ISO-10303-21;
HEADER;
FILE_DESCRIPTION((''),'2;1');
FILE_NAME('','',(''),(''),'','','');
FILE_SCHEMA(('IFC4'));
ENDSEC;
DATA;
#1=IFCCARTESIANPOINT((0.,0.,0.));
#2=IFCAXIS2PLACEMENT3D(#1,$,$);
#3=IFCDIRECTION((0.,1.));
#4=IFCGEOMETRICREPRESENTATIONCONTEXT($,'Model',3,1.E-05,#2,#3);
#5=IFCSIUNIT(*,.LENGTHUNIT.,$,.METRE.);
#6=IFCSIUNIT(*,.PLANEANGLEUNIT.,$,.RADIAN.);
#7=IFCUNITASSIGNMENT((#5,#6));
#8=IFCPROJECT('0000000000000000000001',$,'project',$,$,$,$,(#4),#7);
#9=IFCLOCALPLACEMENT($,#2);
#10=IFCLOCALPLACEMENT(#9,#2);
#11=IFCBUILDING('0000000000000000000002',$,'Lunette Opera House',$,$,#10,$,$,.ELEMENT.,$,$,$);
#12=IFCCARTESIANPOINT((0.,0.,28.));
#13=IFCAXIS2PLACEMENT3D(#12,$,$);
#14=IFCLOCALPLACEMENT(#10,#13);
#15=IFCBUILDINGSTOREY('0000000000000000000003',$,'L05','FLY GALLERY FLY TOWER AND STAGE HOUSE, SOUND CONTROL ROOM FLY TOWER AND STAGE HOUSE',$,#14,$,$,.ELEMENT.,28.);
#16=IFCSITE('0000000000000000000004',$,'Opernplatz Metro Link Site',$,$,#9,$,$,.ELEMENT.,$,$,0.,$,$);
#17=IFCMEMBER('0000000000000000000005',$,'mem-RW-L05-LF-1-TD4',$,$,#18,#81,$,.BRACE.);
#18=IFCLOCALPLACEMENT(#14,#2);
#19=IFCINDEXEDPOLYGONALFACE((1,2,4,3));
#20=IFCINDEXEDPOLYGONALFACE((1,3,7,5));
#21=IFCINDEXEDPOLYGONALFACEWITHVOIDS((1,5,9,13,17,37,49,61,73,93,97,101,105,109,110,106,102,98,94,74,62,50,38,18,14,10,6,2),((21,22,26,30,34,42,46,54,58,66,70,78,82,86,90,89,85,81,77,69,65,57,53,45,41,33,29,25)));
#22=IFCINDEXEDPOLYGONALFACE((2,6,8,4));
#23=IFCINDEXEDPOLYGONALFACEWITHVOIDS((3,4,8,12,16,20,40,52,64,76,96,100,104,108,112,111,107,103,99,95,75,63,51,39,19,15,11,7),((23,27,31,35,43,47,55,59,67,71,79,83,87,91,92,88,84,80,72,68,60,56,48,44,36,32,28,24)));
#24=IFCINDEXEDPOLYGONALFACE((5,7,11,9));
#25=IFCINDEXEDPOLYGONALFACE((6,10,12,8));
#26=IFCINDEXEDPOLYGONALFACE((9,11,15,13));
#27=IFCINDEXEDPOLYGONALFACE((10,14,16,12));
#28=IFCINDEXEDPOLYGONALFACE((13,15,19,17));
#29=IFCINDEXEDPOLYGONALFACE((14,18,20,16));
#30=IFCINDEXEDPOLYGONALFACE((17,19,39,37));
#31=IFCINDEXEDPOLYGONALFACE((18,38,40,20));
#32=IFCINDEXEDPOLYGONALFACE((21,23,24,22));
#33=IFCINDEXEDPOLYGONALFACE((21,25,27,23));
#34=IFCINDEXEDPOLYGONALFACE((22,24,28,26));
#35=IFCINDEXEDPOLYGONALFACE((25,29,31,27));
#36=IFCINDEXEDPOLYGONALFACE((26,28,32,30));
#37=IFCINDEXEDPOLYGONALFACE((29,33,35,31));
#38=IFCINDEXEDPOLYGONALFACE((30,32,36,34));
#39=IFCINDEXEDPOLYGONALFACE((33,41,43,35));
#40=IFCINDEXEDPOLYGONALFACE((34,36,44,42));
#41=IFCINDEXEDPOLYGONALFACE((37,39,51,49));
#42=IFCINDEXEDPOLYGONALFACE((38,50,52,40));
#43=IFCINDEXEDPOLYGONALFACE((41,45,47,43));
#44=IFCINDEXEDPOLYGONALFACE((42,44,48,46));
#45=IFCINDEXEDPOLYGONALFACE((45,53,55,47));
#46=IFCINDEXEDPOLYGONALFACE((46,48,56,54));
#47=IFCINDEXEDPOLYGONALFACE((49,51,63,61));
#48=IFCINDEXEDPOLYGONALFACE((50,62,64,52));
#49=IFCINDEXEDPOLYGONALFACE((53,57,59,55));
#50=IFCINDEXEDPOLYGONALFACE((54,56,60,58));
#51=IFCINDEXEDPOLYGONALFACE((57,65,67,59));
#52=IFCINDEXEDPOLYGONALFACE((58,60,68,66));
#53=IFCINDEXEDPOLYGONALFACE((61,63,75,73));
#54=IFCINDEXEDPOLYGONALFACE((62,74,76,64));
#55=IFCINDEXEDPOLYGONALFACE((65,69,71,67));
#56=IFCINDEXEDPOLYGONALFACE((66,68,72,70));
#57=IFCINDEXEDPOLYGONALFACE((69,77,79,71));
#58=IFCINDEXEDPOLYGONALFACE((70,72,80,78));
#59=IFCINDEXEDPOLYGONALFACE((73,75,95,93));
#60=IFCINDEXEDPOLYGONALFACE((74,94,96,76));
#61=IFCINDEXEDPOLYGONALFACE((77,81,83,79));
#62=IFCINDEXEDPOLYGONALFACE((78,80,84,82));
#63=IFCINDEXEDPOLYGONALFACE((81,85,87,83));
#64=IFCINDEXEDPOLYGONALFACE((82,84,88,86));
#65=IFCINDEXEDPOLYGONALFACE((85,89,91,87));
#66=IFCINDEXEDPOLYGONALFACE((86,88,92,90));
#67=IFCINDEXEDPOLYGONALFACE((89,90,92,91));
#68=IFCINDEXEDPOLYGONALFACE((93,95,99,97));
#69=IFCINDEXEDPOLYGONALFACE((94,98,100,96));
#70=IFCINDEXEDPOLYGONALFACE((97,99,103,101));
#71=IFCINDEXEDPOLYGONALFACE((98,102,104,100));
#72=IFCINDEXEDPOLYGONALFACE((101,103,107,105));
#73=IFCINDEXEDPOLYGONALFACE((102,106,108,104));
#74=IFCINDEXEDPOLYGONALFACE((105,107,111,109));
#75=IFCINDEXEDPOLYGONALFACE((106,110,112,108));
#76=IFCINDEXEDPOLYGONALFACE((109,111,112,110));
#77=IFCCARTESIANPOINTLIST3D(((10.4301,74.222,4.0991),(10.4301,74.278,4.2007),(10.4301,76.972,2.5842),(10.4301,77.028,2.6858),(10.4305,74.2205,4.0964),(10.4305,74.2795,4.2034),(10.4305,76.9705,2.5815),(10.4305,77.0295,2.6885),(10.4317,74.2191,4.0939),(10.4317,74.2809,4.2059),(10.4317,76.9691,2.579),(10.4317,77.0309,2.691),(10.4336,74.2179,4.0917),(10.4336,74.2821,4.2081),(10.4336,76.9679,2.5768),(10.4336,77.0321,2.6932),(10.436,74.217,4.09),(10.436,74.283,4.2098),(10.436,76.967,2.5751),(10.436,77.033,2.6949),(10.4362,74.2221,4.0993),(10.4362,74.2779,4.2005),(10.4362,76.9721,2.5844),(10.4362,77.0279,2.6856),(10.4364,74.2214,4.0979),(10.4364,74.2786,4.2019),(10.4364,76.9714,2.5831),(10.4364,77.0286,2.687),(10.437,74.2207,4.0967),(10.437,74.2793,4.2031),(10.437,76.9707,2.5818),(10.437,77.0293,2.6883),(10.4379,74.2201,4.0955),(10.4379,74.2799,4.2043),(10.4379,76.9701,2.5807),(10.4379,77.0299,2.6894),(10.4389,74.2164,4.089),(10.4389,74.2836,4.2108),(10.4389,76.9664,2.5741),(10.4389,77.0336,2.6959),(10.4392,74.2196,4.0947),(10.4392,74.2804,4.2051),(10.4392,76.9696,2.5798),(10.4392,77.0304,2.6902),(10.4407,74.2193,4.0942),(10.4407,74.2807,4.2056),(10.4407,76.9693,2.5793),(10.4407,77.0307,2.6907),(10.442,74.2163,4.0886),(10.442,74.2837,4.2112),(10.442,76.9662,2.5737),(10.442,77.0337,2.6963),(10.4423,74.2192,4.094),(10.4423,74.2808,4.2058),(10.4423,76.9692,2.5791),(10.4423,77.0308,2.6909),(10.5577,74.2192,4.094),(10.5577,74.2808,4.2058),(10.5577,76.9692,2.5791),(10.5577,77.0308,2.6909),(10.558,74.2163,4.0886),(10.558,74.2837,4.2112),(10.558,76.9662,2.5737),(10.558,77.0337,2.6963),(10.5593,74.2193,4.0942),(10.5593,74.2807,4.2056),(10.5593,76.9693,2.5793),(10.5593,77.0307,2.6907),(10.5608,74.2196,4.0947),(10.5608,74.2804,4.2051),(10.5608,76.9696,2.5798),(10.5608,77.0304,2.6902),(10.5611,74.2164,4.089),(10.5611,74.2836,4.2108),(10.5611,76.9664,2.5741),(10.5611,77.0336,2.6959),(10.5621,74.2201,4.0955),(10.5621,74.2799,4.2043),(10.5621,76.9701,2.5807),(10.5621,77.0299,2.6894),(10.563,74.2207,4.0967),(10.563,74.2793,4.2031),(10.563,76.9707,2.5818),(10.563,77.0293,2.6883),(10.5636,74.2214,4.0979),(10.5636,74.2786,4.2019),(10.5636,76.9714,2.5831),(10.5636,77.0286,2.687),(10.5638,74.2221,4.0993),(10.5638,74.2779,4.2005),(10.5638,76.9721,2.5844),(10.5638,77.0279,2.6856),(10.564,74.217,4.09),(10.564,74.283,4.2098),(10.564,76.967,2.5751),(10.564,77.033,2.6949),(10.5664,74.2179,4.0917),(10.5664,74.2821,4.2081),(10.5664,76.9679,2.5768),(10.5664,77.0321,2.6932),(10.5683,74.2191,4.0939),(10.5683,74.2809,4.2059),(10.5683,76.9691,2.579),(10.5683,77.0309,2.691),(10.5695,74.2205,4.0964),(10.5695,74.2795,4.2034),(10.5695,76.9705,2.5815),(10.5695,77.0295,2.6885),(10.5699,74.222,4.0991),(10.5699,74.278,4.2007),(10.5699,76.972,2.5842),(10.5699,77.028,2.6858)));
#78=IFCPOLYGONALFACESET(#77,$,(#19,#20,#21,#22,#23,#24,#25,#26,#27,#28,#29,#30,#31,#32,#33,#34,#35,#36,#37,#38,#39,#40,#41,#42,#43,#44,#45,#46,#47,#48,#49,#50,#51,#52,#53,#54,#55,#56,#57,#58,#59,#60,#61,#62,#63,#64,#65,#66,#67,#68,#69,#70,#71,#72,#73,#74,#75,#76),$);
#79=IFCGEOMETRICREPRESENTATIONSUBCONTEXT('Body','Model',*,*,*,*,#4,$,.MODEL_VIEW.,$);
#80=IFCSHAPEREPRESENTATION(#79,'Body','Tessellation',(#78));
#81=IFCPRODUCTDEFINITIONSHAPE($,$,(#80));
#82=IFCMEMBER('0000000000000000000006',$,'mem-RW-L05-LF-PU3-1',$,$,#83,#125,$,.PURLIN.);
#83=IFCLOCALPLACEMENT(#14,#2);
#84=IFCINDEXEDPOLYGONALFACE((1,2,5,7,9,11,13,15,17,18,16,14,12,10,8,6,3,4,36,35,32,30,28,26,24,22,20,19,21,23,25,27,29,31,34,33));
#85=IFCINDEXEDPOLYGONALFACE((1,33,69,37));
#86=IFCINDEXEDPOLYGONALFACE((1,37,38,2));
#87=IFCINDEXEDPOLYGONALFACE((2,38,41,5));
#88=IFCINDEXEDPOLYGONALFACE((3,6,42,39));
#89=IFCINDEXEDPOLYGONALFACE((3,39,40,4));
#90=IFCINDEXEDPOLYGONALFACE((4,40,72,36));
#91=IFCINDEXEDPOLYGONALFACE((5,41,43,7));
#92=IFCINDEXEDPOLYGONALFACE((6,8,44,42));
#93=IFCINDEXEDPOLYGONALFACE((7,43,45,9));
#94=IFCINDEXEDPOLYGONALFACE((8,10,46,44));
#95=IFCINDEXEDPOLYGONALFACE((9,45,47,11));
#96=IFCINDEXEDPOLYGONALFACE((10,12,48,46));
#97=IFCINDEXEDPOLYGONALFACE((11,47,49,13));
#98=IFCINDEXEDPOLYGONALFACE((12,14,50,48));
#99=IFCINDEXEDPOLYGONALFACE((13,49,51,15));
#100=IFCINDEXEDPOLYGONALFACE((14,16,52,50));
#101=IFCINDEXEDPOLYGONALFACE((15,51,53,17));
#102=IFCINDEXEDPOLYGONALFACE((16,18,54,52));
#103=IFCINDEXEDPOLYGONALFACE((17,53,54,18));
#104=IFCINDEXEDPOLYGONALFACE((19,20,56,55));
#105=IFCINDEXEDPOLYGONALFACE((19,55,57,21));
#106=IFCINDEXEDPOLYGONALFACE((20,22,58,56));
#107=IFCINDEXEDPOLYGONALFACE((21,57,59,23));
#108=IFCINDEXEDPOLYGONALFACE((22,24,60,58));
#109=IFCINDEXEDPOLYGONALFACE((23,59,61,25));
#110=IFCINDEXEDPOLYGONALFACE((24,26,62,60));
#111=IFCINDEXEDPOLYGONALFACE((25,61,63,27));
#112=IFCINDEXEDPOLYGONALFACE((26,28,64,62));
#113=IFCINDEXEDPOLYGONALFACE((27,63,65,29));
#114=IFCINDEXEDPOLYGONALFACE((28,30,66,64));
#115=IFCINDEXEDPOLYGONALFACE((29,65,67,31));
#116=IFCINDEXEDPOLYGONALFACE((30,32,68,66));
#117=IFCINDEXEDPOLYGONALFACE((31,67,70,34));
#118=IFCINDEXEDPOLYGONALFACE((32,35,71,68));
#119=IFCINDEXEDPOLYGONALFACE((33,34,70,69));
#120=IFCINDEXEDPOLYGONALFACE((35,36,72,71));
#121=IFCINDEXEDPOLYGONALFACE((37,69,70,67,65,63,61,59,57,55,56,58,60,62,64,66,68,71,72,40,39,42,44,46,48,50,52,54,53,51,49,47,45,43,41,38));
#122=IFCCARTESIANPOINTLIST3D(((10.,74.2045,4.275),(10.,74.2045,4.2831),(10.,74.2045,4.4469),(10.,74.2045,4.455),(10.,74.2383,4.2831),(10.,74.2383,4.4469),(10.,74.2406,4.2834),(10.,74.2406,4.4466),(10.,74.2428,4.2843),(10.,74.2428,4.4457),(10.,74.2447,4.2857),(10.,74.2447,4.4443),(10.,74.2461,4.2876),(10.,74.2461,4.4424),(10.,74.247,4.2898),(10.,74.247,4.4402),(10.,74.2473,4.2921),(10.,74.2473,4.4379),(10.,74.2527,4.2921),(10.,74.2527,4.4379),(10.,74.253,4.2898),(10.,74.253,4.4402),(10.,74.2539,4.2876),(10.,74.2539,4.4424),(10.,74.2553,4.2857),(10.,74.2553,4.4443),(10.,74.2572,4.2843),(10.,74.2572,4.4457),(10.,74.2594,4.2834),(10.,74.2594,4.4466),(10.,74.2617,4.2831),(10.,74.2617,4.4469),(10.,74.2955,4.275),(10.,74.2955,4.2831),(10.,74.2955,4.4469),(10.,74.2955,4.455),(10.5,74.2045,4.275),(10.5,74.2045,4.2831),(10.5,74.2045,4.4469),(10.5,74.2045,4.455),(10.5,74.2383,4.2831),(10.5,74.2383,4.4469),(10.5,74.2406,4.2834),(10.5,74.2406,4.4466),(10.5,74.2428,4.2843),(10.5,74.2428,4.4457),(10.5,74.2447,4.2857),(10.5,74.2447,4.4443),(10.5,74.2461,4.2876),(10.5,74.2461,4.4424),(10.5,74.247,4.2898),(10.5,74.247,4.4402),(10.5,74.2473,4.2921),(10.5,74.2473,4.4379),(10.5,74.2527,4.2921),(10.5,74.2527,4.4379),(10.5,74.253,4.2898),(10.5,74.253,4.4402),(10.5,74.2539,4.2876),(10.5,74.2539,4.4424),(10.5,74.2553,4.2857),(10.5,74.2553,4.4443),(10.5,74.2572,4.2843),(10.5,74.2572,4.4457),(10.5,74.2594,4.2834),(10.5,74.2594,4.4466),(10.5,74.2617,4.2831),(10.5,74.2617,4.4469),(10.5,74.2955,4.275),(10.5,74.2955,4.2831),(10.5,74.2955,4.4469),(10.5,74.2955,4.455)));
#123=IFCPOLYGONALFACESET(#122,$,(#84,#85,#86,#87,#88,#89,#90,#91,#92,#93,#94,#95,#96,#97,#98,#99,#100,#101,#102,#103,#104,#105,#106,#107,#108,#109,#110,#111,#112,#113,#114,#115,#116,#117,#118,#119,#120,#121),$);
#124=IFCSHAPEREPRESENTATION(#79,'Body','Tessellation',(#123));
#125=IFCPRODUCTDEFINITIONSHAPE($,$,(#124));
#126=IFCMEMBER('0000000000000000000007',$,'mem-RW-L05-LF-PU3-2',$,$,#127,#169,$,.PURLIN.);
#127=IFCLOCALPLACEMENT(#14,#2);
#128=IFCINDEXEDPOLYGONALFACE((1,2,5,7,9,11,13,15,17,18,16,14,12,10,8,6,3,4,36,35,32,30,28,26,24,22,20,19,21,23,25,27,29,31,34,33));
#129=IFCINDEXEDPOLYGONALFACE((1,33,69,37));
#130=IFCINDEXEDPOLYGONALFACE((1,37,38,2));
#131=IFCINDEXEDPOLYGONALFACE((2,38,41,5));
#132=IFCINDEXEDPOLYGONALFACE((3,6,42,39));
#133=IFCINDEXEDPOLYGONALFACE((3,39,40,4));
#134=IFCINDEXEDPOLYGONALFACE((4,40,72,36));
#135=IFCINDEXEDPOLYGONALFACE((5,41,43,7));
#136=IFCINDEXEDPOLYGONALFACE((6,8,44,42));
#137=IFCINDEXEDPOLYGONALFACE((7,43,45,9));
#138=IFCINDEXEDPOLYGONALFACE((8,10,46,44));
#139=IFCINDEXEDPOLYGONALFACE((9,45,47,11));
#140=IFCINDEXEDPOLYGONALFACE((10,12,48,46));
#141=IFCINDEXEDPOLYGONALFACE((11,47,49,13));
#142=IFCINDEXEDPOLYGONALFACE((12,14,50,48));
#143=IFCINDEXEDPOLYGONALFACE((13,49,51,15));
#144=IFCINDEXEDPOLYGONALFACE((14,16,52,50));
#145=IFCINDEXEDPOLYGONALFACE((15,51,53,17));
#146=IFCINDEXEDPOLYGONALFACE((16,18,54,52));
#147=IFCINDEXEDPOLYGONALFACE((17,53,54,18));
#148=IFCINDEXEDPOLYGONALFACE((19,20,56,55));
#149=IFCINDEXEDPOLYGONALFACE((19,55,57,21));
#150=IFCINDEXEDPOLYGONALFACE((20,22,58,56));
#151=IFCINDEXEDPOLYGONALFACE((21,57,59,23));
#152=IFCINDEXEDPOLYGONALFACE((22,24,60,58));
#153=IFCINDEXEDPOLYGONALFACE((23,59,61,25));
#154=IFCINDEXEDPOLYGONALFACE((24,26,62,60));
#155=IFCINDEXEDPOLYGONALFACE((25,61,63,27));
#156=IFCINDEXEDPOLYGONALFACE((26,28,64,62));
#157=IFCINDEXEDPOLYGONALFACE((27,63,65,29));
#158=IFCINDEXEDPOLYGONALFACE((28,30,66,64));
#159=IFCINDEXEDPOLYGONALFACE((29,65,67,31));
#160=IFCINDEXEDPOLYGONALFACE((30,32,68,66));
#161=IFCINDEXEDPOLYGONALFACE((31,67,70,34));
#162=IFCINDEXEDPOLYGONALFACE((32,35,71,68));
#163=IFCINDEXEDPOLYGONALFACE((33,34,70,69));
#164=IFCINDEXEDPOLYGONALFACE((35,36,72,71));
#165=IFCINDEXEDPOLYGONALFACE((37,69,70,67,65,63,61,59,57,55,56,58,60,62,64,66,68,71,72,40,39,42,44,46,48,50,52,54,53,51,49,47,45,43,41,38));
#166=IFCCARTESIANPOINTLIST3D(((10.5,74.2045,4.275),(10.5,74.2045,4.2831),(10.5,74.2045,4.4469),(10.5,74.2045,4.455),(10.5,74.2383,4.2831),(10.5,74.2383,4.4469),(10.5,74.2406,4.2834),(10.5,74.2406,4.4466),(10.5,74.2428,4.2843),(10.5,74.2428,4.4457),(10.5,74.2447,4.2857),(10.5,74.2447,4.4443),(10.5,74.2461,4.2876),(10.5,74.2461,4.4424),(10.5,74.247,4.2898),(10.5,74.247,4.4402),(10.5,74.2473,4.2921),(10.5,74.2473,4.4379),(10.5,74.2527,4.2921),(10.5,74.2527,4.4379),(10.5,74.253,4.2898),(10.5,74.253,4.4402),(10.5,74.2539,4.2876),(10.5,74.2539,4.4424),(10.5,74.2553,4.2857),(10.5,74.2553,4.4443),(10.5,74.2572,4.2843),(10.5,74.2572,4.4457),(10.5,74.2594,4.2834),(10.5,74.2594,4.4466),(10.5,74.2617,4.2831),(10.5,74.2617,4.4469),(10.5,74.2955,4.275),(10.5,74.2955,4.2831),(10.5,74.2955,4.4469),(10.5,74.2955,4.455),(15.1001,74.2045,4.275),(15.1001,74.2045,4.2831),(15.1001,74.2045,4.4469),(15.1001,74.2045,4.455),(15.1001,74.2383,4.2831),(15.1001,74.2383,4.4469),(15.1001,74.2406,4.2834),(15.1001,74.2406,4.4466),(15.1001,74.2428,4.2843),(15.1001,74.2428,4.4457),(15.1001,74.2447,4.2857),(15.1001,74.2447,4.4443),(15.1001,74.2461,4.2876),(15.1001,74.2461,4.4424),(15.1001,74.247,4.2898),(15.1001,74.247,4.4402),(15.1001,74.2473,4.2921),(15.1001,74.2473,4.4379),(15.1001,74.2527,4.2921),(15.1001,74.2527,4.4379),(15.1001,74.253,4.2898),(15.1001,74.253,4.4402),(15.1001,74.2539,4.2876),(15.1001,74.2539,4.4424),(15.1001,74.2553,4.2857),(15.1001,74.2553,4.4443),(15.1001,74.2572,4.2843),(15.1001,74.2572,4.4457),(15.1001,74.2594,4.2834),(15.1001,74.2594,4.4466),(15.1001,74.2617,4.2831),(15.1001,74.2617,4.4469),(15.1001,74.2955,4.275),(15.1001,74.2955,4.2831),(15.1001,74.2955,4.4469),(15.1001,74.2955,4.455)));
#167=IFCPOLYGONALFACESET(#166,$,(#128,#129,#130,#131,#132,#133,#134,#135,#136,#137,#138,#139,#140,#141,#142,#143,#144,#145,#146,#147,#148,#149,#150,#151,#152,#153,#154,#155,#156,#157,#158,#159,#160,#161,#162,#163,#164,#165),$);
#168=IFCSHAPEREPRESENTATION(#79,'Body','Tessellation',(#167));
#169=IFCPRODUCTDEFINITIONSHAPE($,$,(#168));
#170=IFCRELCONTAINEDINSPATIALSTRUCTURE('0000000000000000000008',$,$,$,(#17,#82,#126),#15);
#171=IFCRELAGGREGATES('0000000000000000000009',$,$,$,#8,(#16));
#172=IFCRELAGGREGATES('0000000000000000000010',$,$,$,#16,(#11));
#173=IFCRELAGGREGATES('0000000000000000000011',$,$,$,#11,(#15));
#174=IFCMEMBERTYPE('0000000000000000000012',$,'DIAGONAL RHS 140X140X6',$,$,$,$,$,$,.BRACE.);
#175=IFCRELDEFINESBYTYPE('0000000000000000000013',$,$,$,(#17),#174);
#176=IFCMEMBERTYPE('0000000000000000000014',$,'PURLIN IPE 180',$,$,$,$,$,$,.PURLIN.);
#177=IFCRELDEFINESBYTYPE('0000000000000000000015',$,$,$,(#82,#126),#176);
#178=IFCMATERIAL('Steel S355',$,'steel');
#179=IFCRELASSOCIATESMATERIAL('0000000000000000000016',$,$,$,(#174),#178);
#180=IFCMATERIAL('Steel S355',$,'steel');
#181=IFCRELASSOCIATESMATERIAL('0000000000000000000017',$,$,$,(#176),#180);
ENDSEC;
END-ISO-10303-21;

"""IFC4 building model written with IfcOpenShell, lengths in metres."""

from ifc_helpers import new_model, si_unit, direction, frame, origin, origin_2d, place, context, subcontext, project, spatial, hollow_rectangle, i_section, extrude, material, material_profile, profile_set, type_object, element, save


model = new_model("IFC4")

# Units and contexts
model_context = context("Model", 3, precision=1e-05, world=origin(), true_north=direction((0.0, 1.0)))
body_context = subcontext(model_context, "Body", "Model", "MODEL_VIEW")
ifc_project = project(units=[si_unit("LENGTHUNIT", "METRE"), si_unit("PLANEANGLEUNIT", "RADIAN")], contexts=[model_context])

# Site, building, storey
site_placement = place(None, origin())
site = spatial("IfcSite", under=ifc_project, at=site_placement, Name="Opernplatz Metro Link Site", CompositionType="ELEMENT", RefElevation=0.0)
building_placement = place(site_placement, origin())
building = spatial("IfcBuilding", under=site, at=building_placement, Name="Lunette Opera House", CompositionType="ELEMENT")
storey_placement = place(building_placement, frame((0.0, 0.0, 28.0)))
storey = spatial("IfcBuildingStorey", under=building, at=storey_placement, Name="L05", Description="FLY GALLERY FLY TOWER AND STAGE HOUSE, SOUND CONTROL ROOM FLY TOWER AND STAGE HOUSE", CompositionType="ELEMENT", Elevation=28.0)

# Members
ifc_material_1 = material(Name="Steel S355", Category="steel")
ifc_material_profile_1 = material_profile(ifc_material_1, hollow_rectangle(XDim=0.1399, YDim=0.1399, WallThickness=0.0061, InnerFilletRadius=0.0061, OuterFilletRadius=0.012, at=origin_2d()), Name="RHS 140X140X6")
ifc_profile_set_1 = profile_set([ifc_material_profile_1], Name="Steel S355")
member_type_1 = type_object("IfcMemberType", Name="DIAGONAL RHS 140X140X6", PredefinedType="BRACE", material=ifc_profile_set_1)
member_1_placement = place(storey_placement, frame((10.5, 74.25, 4.1499), z_axis=(0.0, 0.875894, -0.482504), x_axis=(-1.0, 0.0, 0.0)))
element("IfcMember", 1, at=member_1_placement, inside=storey, type_object=member_type_1, Name="mem-RW-L05-LF-1-TD4", PredefinedType="BRACE", context=body_context, shape_type="SweptSolid", body=[
    extrude(hollow_rectangle(XDim=0.1399, YDim=0.1399, WallThickness=0.0061, InnerFilletRadius=0.0061, OuterFilletRadius=0.012, at=origin_2d()), origin(), (0.0, 0.0, 1.0), 3.1396),
])
ifc_material_2 = material(Name="Steel S355", Category="steel")
ifc_material_profile_2 = material_profile(ifc_material_2, i_section(OverallWidth=0.0911, OverallDepth=0.1799, WebThickness=0.0054, FlangeThickness=0.0081, FilletRadius=0.009, at=origin_2d()), Name="IPE 180")
ifc_profile_set_2 = profile_set([ifc_material_profile_2], Name="Steel S355")
member_type_2 = type_object("IfcMemberType", Name="PURLIN IPE 180", PredefinedType="PURLIN", material=ifc_profile_set_2)
member_2_placement = place(storey_placement, frame((10.0, 74.25, 4.365), z_axis=(1.0, 0.0, 0.0), x_axis=(0.0, 1.0, 0.0)))
element("IfcMember", 2, at=member_2_placement, inside=storey, type_object=member_type_2, Name="mem-RW-L05-LF-PU3-1", PredefinedType="PURLIN", context=body_context, shape_type="SweptSolid", body=[
    extrude(i_section(OverallWidth=0.0911, OverallDepth=0.1799, WebThickness=0.0054, FlangeThickness=0.0081, FilletRadius=0.009, at=origin_2d()), origin(), (0.0, 0.0, 1.0), 0.5),
])
member_3_placement = place(storey_placement, frame((10.5, 74.25, 4.365), z_axis=(1.0, 0.0, 0.0), x_axis=(0.0, 1.0, 0.0)))
element("IfcMember", 3, at=member_3_placement, inside=storey, type_object=member_type_2, Name="mem-RW-L05-LF-PU3-2", PredefinedType="PURLIN", context=body_context, shape_type="SweptSolid", body=[
    extrude(i_section(OverallWidth=0.0911, OverallDepth=0.1799, WebThickness=0.0054, FlangeThickness=0.0081, FilletRadius=0.009, at=origin_2d()), origin(), (0.0, 0.0, 1.0), 4.6001),
])

save(model, "model.ifc")
